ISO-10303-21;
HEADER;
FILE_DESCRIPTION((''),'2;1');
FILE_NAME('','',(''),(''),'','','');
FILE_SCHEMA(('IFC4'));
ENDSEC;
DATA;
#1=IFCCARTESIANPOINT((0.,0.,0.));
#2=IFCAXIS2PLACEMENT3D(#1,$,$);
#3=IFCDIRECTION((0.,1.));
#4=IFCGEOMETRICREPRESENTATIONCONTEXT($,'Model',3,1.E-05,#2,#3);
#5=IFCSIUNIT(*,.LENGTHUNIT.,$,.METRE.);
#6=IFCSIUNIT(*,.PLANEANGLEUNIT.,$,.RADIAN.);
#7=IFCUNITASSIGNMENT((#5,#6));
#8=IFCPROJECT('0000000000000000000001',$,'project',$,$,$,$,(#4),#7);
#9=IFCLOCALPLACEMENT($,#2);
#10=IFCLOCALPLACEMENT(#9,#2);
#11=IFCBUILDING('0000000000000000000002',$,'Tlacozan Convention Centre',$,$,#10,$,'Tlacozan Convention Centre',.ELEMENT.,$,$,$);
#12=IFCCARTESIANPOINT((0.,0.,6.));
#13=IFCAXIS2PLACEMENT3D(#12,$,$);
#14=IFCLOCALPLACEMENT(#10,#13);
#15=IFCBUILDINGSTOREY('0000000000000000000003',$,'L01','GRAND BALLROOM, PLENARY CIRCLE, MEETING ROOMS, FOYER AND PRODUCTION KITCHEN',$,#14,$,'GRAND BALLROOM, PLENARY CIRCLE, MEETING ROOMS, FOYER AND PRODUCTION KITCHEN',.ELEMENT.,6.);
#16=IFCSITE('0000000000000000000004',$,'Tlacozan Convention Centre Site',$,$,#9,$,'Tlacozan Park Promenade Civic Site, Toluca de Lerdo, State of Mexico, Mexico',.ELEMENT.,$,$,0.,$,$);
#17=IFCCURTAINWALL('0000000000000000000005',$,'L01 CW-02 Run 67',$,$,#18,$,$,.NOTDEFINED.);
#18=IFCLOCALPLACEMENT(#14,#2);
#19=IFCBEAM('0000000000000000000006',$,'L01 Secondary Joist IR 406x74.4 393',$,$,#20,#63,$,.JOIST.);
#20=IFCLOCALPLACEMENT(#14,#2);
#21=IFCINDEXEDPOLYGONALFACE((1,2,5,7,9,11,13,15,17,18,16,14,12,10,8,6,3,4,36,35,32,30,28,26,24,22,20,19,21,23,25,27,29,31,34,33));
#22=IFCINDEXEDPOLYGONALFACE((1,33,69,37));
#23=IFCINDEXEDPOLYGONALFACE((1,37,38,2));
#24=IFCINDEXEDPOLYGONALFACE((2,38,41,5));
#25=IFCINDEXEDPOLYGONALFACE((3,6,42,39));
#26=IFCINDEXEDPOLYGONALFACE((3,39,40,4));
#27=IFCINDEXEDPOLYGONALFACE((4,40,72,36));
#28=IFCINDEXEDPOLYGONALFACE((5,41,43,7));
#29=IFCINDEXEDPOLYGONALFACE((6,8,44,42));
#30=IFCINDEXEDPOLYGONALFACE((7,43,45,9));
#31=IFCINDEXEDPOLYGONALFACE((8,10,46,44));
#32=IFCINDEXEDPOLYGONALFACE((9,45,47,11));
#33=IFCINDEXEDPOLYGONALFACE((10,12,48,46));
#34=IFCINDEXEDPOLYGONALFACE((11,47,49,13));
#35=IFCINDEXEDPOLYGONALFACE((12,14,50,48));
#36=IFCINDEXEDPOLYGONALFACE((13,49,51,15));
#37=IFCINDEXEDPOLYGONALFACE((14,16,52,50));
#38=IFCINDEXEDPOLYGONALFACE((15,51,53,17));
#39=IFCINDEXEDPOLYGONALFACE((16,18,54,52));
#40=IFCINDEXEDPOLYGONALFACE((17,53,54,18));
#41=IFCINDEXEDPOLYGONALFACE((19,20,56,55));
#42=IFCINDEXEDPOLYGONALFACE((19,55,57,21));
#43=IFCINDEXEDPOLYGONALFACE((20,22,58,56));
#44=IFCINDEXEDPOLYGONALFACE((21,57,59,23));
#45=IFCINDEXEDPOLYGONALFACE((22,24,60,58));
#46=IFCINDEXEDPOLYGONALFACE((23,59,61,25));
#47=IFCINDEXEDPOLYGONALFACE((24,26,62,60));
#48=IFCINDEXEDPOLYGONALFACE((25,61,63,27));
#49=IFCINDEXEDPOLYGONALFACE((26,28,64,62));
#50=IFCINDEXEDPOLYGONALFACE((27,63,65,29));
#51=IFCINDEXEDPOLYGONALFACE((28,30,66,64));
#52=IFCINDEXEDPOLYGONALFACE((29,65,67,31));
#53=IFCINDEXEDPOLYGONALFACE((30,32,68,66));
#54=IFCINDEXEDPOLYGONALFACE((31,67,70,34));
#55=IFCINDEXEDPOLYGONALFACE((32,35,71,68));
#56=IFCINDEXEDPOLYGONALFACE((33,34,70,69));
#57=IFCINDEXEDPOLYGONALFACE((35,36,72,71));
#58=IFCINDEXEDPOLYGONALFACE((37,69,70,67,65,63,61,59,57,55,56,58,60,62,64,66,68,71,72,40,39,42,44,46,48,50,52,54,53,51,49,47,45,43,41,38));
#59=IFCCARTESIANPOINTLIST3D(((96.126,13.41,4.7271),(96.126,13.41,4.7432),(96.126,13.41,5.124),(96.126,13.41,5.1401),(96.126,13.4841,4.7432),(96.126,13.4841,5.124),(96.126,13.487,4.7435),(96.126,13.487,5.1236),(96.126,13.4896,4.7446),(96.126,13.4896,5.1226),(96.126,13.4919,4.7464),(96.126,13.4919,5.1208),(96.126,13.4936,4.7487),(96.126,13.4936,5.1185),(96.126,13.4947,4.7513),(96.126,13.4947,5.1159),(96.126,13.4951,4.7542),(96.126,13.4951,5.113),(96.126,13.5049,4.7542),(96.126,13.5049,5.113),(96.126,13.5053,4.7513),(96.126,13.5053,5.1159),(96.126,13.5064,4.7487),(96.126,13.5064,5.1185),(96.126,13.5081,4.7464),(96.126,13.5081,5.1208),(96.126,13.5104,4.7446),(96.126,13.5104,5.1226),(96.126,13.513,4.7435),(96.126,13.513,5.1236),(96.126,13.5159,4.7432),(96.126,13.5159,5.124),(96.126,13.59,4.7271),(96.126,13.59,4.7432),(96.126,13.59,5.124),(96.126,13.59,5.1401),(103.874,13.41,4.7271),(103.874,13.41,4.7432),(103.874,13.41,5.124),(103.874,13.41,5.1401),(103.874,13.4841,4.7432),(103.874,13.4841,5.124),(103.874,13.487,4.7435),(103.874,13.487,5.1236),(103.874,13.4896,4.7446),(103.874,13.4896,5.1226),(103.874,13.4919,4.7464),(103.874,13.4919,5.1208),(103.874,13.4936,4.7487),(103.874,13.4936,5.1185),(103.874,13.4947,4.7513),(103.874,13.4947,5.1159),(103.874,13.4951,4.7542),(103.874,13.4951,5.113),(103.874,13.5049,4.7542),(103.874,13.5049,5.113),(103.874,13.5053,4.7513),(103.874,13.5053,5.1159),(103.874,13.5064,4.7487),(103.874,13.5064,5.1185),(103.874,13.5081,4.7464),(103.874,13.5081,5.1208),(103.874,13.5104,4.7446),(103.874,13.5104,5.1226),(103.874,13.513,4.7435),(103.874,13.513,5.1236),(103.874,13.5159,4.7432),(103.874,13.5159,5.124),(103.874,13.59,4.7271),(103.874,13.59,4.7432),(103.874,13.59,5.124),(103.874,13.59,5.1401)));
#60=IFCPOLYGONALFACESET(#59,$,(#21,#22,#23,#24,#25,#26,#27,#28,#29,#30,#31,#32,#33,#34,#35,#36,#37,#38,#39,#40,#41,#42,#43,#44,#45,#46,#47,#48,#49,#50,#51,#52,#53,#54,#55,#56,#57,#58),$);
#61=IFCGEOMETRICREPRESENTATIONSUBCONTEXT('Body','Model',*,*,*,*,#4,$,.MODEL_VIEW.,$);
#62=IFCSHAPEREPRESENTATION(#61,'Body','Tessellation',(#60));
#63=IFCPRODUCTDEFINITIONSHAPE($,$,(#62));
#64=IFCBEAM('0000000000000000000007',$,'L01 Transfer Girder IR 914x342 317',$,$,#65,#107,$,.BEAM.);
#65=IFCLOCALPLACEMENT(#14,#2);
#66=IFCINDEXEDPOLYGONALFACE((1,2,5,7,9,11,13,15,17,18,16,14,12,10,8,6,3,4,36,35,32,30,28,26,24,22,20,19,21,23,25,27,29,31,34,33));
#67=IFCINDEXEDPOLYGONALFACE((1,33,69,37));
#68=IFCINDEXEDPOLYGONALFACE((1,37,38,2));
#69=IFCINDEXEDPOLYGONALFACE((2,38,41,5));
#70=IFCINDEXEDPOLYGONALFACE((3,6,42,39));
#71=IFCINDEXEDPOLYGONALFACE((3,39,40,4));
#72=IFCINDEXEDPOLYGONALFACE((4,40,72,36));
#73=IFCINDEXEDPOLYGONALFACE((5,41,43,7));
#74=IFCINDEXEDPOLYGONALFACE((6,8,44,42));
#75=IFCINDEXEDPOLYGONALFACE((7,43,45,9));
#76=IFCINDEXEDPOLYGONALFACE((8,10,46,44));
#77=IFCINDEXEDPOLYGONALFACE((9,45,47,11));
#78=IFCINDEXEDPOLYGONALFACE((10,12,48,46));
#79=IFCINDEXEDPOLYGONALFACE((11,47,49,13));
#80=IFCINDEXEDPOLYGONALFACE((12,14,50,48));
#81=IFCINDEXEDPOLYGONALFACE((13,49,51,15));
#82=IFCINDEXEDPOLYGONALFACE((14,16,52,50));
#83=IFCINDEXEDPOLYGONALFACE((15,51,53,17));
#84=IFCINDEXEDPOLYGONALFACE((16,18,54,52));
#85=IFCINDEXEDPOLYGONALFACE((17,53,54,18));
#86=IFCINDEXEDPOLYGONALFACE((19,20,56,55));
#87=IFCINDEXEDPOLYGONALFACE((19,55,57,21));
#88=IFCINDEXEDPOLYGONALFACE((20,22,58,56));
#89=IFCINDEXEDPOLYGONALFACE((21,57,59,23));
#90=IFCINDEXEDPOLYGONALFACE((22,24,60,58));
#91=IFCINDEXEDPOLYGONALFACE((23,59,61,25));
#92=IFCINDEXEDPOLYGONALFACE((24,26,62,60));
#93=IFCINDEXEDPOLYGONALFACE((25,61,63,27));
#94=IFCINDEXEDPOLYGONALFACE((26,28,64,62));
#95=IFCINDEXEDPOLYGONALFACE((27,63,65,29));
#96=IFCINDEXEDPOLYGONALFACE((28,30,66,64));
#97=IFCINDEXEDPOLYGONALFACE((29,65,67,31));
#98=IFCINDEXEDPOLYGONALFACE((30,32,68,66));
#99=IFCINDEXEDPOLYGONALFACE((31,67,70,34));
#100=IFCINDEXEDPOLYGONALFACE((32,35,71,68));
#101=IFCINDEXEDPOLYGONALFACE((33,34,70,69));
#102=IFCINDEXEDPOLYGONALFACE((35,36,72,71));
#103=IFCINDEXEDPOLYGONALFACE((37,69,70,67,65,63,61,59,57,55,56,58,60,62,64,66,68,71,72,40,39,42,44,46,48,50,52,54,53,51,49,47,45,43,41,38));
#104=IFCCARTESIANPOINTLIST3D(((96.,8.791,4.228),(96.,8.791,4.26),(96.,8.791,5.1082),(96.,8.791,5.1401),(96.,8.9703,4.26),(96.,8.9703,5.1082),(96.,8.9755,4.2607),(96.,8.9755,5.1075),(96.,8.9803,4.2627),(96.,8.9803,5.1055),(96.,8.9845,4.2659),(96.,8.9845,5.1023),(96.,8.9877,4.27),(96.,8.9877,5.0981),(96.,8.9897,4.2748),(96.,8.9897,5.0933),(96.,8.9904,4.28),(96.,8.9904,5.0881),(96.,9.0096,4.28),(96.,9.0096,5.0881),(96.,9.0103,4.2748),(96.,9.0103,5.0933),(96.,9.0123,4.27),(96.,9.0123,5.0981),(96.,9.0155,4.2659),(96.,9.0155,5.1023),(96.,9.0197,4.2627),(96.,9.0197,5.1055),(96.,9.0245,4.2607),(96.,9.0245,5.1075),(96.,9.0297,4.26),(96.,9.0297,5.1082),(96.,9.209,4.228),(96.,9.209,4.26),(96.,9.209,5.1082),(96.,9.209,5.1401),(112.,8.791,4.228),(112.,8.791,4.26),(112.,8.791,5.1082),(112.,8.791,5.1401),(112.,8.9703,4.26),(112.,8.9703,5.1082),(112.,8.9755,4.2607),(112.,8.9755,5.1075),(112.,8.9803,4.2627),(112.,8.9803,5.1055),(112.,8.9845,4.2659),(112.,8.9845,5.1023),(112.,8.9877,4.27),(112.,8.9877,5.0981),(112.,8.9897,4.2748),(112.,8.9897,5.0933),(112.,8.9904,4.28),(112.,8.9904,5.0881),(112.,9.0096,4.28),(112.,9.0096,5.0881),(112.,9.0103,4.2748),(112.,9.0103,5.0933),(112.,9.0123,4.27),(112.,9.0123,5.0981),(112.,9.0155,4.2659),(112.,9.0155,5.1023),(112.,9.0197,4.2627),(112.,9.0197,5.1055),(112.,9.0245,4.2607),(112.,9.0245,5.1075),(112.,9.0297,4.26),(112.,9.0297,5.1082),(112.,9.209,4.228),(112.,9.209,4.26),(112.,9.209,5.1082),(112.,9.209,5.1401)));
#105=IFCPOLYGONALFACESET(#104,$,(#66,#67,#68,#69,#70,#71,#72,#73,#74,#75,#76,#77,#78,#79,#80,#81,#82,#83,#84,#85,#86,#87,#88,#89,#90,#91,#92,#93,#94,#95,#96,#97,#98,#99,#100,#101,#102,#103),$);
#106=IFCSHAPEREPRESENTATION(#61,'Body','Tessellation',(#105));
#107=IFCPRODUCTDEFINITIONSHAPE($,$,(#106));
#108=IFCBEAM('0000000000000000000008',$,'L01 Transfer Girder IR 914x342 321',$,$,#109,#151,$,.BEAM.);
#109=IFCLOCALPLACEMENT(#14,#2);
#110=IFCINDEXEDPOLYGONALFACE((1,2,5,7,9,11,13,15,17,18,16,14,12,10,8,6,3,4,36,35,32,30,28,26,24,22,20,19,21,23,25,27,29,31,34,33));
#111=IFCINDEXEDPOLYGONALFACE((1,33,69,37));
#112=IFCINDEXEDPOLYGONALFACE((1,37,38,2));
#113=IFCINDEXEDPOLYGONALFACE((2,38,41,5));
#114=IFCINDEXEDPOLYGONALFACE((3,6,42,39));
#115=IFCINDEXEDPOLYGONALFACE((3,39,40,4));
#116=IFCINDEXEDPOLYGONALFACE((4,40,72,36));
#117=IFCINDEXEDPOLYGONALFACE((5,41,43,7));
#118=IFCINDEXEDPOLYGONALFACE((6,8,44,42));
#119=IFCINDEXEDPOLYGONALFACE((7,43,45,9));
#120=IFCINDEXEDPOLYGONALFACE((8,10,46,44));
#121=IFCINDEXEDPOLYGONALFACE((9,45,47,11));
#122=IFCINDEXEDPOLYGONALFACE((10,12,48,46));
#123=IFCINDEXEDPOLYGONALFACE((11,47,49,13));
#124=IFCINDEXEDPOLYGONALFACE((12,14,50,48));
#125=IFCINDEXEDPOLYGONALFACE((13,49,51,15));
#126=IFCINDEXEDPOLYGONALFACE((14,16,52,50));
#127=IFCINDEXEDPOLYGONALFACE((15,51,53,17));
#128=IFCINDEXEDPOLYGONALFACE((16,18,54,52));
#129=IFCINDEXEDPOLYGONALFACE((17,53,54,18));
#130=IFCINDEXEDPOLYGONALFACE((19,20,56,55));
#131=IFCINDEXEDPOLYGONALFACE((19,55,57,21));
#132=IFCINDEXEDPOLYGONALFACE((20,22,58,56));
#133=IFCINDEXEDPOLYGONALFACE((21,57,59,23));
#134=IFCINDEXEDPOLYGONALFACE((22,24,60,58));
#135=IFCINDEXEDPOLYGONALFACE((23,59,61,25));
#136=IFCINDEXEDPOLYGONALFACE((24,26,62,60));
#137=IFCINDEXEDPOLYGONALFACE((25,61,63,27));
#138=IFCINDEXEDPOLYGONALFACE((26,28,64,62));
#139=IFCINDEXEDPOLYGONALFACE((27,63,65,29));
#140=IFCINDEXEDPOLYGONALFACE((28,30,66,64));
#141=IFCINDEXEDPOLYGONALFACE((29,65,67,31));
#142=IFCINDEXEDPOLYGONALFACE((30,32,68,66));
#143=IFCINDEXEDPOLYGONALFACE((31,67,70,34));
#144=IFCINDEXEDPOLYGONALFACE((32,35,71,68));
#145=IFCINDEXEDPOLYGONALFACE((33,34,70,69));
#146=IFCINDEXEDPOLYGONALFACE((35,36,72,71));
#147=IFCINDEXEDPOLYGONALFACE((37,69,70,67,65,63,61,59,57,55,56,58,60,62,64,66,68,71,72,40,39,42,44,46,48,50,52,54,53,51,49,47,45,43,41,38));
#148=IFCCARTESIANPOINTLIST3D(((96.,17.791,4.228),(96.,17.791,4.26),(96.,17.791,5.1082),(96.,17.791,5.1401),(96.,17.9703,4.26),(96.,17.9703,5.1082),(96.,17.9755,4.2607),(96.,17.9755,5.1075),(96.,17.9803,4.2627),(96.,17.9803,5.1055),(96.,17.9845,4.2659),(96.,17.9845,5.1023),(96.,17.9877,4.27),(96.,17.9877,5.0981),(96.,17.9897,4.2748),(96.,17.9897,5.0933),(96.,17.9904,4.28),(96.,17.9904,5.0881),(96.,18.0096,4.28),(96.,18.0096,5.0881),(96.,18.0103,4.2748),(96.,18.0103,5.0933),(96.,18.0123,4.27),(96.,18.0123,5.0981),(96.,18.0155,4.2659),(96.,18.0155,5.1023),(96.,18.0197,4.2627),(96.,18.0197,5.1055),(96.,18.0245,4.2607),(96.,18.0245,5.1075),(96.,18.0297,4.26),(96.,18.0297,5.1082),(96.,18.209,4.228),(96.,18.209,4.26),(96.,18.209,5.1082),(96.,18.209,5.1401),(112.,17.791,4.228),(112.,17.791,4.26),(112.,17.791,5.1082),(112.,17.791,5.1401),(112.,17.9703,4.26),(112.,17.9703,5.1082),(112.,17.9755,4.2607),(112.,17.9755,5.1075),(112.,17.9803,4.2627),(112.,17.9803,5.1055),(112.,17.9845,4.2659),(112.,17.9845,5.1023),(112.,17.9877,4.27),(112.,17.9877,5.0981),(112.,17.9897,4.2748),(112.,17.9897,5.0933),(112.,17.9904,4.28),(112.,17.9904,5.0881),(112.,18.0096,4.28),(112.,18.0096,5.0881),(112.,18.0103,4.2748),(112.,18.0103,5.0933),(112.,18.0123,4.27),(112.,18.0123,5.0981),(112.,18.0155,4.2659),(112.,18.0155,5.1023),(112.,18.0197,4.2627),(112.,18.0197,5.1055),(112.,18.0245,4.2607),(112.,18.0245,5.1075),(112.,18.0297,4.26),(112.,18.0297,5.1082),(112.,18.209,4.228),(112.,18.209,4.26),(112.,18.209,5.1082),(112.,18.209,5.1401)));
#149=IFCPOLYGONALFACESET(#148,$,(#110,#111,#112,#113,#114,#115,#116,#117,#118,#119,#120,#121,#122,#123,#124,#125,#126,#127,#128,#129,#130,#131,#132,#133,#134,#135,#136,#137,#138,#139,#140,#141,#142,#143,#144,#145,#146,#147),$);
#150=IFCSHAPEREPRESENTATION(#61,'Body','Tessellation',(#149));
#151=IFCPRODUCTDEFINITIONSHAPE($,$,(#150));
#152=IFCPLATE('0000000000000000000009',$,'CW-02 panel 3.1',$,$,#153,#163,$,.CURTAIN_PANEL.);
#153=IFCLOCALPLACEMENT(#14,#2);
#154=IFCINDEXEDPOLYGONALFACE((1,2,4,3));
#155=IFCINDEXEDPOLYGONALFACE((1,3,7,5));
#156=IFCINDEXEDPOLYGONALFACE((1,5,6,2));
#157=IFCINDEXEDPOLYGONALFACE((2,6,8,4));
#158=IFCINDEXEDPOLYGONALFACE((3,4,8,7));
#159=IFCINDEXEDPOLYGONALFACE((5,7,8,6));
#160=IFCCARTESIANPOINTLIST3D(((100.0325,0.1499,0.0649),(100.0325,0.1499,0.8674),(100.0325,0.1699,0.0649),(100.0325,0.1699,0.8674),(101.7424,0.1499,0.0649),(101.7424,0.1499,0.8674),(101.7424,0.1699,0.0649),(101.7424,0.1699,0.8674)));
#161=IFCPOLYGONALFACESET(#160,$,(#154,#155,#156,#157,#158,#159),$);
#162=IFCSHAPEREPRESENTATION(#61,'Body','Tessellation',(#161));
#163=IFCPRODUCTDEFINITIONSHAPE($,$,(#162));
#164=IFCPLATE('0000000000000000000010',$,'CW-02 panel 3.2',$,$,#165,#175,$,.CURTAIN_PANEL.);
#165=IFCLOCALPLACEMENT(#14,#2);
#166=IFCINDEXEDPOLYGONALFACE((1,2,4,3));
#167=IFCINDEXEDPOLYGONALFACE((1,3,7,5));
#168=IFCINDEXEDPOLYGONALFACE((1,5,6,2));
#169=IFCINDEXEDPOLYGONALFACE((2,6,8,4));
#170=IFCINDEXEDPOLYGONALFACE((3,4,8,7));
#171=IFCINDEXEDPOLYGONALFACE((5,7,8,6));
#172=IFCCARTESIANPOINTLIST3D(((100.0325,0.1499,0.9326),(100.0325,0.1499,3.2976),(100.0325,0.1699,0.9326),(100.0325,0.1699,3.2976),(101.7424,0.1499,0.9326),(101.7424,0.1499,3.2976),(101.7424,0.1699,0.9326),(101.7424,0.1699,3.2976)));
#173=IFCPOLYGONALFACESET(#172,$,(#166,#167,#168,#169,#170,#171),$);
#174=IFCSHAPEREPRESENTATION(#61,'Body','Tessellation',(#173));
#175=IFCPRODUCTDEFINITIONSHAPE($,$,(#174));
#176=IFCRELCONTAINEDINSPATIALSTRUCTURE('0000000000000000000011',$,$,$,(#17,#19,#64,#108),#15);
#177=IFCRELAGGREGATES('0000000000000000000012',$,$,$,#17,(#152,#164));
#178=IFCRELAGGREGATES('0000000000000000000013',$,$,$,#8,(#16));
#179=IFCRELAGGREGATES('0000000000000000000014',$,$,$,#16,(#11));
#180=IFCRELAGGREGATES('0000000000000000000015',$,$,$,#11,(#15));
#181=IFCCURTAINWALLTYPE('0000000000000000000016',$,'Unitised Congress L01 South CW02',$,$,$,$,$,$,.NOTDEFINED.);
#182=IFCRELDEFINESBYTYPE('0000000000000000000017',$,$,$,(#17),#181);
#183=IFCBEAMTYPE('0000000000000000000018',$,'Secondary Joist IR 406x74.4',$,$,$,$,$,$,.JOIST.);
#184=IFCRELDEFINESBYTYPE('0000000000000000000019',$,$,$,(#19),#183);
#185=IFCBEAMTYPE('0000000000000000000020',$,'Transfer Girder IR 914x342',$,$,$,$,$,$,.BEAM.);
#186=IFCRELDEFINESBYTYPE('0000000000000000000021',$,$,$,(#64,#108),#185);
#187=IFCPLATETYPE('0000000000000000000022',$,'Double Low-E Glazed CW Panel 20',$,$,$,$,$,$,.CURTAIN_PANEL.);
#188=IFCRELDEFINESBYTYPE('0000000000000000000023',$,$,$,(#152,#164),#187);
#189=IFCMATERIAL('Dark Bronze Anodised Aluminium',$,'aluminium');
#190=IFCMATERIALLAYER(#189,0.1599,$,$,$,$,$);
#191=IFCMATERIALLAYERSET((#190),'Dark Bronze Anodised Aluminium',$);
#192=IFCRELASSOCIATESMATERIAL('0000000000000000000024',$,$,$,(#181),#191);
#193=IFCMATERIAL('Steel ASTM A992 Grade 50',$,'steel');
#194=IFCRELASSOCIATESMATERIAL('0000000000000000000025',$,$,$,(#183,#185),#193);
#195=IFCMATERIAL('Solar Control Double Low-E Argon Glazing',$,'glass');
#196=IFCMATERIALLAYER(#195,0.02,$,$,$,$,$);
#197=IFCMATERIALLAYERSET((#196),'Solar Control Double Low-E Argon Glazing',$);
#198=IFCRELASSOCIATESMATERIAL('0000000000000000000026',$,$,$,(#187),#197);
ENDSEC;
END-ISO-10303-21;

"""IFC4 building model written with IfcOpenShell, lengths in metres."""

from ifc_helpers import new_model, si_unit, direction, frame, origin, origin_2d, place, context, subcontext, project, spatial, rectangle, i_section, extrude, material, layer, layer_set, material_profile, profile_set, type_object, element, aggregate, save


model = new_model("IFC4")

# Units and contexts
model_context = context("Model", 3, precision=1e-05, world=origin(), true_north=direction((0.0, 1.0)))
body_context = subcontext(model_context, "Body", "Model", "MODEL_VIEW")
ifc_project = project(units=[si_unit("LENGTHUNIT", "METRE"), si_unit("PLANEANGLEUNIT", "RADIAN")], contexts=[model_context])

# Site, building, storey
site_placement = place(None, origin())
site = spatial("IfcSite", under=ifc_project, at=site_placement, Name="Tlacozan Convention Centre Site", LongName="Tlacozan Park Promenade Civic Site, Toluca de Lerdo, State of Mexico, Mexico", CompositionType="ELEMENT", RefElevation=0.0)
building_placement = place(site_placement, origin())
building = spatial("IfcBuilding", under=site, at=building_placement, Name="Tlacozan Convention Centre", LongName="Tlacozan Convention Centre", CompositionType="ELEMENT")
storey_placement = place(building_placement, frame((0.0, 0.0, 6.0)))
storey = spatial("IfcBuildingStorey", under=building, at=storey_placement, Name="L01", Description="GRAND BALLROOM, PLENARY CIRCLE, MEETING ROOMS, FOYER AND PRODUCTION KITCHEN", LongName="GRAND BALLROOM, PLENARY CIRCLE, MEETING ROOMS, FOYER AND PRODUCTION KITCHEN", CompositionType="ELEMENT", Elevation=6.0)

# Curtain wall
ifc_material_1 = material(Name="Dark Bronze Anodised Aluminium", Category="aluminium")
ifc_layer_1 = layer(ifc_material_1, 0.1599)
ifc_layer_set_1 = layer_set([ifc_layer_1], Name="Dark Bronze Anodised Aluminium")
curtain_wall_type = type_object("IfcCurtainWallType", Name="Unitised Congress L01 South CW02", PredefinedType="NOTDEFINED", material=ifc_layer_set_1)
curtain_wall_placement = place(storey_placement, origin())
curtain_wall = element("IfcCurtainWall", 1, at=curtain_wall_placement, inside=storey, type_object=curtain_wall_type, Name="L01 CW-02 Run 67", PredefinedType="NOTDEFINED")

# Beams
ifc_material_2 = material(Name="Steel ASTM A992 Grade 50", Category="steel")
ifc_material_profile_1 = material_profile(ifc_material_2, i_section(OverallWidth=0.1799, OverallDepth=0.4131, WebThickness=0.0098, FlangeThickness=0.0161, FilletRadius=0.011, at=origin_2d()), Name="IR 406x74.4")
ifc_profile_set_1 = profile_set([ifc_material_profile_1], Name="Steel ASTM A992 Grade 50")
beam_type_1 = type_object("IfcBeamType", Name="Secondary Joist IR 406x74.4", PredefinedType="JOIST", material=ifc_profile_set_1)
for number, where, z_axis, x_axis, name in (
    (2, (96.126, 13.5, 4.9336), (1.0, 0.0, 0.0), (0.0, 1.0, 0.0), "L01 Secondary Joist IR 406x74.4 393"),
):
    element("IfcBeam", number, at=place(storey_placement, frame(where, z_axis=z_axis, x_axis=x_axis)), inside=storey, type_object=beam_type_1, Name=name, PredefinedType="JOIST", context=body_context, shape_type="SweptSolid", body=[
        extrude(i_section(OverallWidth=0.1799, OverallDepth=0.4131, WebThickness=0.0098, FlangeThickness=0.0161, FilletRadius=0.011, at=origin_2d()), origin(), (0.0, 0.0, 1.0), 7.748),
    ])
ifc_material_profile_2 = material_profile(ifc_material_2, i_section(OverallWidth=0.418, OverallDepth=0.9121, WebThickness=0.0193, FlangeThickness=0.032, FilletRadius=0.02, at=origin_2d()), Name="IR 914x342.0")
ifc_profile_set_2 = profile_set([ifc_material_profile_2], Name="Steel ASTM A992 Grade 50")
beam_type_2 = type_object("IfcBeamType", Name="Transfer Girder IR 914x342", PredefinedType="BEAM", material=ifc_profile_set_2)
for number, where, z_axis, x_axis, name in (
    (3, (96.0, 9.0, 4.6841), (1.0, 0.0, 0.0), (0.0, 1.0, 0.0), "L01 Transfer Girder IR 914x342 317"),
    (4, (96.0, 18.0, 4.6841), (1.0, 0.0, 0.0), (0.0, 1.0, 0.0), "L01 Transfer Girder IR 914x342 321"),
):
    element("IfcBeam", number, at=place(storey_placement, frame(where, z_axis=z_axis, x_axis=x_axis)), inside=storey, type_object=beam_type_2, Name=name, PredefinedType="BEAM", context=body_context, shape_type="SweptSolid", body=[
        extrude(i_section(OverallWidth=0.418, OverallDepth=0.9121, WebThickness=0.0193, FlangeThickness=0.032, FilletRadius=0.02, at=origin_2d()), origin(), (0.0, 0.0, 1.0), 16.0),
    ])

# Plates
ifc_material_3 = material(Name="Solar Control Double Low-E Argon Glazing", Category="glass")
ifc_layer_2 = layer(ifc_material_3, 0.02)
ifc_layer_set_2 = layer_set([ifc_layer_2], Name="Solar Control Double Low-E Argon Glazing")
plate_type = type_object("IfcPlateType", Name="Double Low-E Glazed CW Panel 20", PredefinedType="CURTAIN_PANEL", material=ifc_layer_set_2)
plate_1_placement = place(storey_placement, frame((100.8875, 0.1599, 0.0649), z_axis=(0.0, 0.0, 1.0), x_axis=(1.0, 0.0, 0.0)))
plate_1 = element("IfcPlate", 5, at=plate_1_placement, type_object=plate_type, Name="CW-02 panel 3.1", PredefinedType="CURTAIN_PANEL", context=body_context, shape_type="SweptSolid", body=[
    extrude(rectangle(XDim=1.71, YDim=0.02, at=origin_2d()), origin(), (0.0, 0.0, 1.0), 0.8025),
])
plate_2_placement = place(storey_placement, frame((100.8875, 0.1599, 0.9326), z_axis=(0.0, 0.0, 1.0), x_axis=(1.0, 0.0, 0.0)))
plate_2 = element("IfcPlate", 6, at=plate_2_placement, type_object=plate_type, Name="CW-02 panel 3.2", PredefinedType="CURTAIN_PANEL", context=body_context, shape_type="SweptSolid", body=[
    extrude(rectangle(XDim=1.71, YDim=0.02, at=origin_2d()), origin(), (0.0, 0.0, 1.0), 2.365),
])
aggregate(curtain_wall, [plate_1, plate_2])

save(model, "model.ifc")
